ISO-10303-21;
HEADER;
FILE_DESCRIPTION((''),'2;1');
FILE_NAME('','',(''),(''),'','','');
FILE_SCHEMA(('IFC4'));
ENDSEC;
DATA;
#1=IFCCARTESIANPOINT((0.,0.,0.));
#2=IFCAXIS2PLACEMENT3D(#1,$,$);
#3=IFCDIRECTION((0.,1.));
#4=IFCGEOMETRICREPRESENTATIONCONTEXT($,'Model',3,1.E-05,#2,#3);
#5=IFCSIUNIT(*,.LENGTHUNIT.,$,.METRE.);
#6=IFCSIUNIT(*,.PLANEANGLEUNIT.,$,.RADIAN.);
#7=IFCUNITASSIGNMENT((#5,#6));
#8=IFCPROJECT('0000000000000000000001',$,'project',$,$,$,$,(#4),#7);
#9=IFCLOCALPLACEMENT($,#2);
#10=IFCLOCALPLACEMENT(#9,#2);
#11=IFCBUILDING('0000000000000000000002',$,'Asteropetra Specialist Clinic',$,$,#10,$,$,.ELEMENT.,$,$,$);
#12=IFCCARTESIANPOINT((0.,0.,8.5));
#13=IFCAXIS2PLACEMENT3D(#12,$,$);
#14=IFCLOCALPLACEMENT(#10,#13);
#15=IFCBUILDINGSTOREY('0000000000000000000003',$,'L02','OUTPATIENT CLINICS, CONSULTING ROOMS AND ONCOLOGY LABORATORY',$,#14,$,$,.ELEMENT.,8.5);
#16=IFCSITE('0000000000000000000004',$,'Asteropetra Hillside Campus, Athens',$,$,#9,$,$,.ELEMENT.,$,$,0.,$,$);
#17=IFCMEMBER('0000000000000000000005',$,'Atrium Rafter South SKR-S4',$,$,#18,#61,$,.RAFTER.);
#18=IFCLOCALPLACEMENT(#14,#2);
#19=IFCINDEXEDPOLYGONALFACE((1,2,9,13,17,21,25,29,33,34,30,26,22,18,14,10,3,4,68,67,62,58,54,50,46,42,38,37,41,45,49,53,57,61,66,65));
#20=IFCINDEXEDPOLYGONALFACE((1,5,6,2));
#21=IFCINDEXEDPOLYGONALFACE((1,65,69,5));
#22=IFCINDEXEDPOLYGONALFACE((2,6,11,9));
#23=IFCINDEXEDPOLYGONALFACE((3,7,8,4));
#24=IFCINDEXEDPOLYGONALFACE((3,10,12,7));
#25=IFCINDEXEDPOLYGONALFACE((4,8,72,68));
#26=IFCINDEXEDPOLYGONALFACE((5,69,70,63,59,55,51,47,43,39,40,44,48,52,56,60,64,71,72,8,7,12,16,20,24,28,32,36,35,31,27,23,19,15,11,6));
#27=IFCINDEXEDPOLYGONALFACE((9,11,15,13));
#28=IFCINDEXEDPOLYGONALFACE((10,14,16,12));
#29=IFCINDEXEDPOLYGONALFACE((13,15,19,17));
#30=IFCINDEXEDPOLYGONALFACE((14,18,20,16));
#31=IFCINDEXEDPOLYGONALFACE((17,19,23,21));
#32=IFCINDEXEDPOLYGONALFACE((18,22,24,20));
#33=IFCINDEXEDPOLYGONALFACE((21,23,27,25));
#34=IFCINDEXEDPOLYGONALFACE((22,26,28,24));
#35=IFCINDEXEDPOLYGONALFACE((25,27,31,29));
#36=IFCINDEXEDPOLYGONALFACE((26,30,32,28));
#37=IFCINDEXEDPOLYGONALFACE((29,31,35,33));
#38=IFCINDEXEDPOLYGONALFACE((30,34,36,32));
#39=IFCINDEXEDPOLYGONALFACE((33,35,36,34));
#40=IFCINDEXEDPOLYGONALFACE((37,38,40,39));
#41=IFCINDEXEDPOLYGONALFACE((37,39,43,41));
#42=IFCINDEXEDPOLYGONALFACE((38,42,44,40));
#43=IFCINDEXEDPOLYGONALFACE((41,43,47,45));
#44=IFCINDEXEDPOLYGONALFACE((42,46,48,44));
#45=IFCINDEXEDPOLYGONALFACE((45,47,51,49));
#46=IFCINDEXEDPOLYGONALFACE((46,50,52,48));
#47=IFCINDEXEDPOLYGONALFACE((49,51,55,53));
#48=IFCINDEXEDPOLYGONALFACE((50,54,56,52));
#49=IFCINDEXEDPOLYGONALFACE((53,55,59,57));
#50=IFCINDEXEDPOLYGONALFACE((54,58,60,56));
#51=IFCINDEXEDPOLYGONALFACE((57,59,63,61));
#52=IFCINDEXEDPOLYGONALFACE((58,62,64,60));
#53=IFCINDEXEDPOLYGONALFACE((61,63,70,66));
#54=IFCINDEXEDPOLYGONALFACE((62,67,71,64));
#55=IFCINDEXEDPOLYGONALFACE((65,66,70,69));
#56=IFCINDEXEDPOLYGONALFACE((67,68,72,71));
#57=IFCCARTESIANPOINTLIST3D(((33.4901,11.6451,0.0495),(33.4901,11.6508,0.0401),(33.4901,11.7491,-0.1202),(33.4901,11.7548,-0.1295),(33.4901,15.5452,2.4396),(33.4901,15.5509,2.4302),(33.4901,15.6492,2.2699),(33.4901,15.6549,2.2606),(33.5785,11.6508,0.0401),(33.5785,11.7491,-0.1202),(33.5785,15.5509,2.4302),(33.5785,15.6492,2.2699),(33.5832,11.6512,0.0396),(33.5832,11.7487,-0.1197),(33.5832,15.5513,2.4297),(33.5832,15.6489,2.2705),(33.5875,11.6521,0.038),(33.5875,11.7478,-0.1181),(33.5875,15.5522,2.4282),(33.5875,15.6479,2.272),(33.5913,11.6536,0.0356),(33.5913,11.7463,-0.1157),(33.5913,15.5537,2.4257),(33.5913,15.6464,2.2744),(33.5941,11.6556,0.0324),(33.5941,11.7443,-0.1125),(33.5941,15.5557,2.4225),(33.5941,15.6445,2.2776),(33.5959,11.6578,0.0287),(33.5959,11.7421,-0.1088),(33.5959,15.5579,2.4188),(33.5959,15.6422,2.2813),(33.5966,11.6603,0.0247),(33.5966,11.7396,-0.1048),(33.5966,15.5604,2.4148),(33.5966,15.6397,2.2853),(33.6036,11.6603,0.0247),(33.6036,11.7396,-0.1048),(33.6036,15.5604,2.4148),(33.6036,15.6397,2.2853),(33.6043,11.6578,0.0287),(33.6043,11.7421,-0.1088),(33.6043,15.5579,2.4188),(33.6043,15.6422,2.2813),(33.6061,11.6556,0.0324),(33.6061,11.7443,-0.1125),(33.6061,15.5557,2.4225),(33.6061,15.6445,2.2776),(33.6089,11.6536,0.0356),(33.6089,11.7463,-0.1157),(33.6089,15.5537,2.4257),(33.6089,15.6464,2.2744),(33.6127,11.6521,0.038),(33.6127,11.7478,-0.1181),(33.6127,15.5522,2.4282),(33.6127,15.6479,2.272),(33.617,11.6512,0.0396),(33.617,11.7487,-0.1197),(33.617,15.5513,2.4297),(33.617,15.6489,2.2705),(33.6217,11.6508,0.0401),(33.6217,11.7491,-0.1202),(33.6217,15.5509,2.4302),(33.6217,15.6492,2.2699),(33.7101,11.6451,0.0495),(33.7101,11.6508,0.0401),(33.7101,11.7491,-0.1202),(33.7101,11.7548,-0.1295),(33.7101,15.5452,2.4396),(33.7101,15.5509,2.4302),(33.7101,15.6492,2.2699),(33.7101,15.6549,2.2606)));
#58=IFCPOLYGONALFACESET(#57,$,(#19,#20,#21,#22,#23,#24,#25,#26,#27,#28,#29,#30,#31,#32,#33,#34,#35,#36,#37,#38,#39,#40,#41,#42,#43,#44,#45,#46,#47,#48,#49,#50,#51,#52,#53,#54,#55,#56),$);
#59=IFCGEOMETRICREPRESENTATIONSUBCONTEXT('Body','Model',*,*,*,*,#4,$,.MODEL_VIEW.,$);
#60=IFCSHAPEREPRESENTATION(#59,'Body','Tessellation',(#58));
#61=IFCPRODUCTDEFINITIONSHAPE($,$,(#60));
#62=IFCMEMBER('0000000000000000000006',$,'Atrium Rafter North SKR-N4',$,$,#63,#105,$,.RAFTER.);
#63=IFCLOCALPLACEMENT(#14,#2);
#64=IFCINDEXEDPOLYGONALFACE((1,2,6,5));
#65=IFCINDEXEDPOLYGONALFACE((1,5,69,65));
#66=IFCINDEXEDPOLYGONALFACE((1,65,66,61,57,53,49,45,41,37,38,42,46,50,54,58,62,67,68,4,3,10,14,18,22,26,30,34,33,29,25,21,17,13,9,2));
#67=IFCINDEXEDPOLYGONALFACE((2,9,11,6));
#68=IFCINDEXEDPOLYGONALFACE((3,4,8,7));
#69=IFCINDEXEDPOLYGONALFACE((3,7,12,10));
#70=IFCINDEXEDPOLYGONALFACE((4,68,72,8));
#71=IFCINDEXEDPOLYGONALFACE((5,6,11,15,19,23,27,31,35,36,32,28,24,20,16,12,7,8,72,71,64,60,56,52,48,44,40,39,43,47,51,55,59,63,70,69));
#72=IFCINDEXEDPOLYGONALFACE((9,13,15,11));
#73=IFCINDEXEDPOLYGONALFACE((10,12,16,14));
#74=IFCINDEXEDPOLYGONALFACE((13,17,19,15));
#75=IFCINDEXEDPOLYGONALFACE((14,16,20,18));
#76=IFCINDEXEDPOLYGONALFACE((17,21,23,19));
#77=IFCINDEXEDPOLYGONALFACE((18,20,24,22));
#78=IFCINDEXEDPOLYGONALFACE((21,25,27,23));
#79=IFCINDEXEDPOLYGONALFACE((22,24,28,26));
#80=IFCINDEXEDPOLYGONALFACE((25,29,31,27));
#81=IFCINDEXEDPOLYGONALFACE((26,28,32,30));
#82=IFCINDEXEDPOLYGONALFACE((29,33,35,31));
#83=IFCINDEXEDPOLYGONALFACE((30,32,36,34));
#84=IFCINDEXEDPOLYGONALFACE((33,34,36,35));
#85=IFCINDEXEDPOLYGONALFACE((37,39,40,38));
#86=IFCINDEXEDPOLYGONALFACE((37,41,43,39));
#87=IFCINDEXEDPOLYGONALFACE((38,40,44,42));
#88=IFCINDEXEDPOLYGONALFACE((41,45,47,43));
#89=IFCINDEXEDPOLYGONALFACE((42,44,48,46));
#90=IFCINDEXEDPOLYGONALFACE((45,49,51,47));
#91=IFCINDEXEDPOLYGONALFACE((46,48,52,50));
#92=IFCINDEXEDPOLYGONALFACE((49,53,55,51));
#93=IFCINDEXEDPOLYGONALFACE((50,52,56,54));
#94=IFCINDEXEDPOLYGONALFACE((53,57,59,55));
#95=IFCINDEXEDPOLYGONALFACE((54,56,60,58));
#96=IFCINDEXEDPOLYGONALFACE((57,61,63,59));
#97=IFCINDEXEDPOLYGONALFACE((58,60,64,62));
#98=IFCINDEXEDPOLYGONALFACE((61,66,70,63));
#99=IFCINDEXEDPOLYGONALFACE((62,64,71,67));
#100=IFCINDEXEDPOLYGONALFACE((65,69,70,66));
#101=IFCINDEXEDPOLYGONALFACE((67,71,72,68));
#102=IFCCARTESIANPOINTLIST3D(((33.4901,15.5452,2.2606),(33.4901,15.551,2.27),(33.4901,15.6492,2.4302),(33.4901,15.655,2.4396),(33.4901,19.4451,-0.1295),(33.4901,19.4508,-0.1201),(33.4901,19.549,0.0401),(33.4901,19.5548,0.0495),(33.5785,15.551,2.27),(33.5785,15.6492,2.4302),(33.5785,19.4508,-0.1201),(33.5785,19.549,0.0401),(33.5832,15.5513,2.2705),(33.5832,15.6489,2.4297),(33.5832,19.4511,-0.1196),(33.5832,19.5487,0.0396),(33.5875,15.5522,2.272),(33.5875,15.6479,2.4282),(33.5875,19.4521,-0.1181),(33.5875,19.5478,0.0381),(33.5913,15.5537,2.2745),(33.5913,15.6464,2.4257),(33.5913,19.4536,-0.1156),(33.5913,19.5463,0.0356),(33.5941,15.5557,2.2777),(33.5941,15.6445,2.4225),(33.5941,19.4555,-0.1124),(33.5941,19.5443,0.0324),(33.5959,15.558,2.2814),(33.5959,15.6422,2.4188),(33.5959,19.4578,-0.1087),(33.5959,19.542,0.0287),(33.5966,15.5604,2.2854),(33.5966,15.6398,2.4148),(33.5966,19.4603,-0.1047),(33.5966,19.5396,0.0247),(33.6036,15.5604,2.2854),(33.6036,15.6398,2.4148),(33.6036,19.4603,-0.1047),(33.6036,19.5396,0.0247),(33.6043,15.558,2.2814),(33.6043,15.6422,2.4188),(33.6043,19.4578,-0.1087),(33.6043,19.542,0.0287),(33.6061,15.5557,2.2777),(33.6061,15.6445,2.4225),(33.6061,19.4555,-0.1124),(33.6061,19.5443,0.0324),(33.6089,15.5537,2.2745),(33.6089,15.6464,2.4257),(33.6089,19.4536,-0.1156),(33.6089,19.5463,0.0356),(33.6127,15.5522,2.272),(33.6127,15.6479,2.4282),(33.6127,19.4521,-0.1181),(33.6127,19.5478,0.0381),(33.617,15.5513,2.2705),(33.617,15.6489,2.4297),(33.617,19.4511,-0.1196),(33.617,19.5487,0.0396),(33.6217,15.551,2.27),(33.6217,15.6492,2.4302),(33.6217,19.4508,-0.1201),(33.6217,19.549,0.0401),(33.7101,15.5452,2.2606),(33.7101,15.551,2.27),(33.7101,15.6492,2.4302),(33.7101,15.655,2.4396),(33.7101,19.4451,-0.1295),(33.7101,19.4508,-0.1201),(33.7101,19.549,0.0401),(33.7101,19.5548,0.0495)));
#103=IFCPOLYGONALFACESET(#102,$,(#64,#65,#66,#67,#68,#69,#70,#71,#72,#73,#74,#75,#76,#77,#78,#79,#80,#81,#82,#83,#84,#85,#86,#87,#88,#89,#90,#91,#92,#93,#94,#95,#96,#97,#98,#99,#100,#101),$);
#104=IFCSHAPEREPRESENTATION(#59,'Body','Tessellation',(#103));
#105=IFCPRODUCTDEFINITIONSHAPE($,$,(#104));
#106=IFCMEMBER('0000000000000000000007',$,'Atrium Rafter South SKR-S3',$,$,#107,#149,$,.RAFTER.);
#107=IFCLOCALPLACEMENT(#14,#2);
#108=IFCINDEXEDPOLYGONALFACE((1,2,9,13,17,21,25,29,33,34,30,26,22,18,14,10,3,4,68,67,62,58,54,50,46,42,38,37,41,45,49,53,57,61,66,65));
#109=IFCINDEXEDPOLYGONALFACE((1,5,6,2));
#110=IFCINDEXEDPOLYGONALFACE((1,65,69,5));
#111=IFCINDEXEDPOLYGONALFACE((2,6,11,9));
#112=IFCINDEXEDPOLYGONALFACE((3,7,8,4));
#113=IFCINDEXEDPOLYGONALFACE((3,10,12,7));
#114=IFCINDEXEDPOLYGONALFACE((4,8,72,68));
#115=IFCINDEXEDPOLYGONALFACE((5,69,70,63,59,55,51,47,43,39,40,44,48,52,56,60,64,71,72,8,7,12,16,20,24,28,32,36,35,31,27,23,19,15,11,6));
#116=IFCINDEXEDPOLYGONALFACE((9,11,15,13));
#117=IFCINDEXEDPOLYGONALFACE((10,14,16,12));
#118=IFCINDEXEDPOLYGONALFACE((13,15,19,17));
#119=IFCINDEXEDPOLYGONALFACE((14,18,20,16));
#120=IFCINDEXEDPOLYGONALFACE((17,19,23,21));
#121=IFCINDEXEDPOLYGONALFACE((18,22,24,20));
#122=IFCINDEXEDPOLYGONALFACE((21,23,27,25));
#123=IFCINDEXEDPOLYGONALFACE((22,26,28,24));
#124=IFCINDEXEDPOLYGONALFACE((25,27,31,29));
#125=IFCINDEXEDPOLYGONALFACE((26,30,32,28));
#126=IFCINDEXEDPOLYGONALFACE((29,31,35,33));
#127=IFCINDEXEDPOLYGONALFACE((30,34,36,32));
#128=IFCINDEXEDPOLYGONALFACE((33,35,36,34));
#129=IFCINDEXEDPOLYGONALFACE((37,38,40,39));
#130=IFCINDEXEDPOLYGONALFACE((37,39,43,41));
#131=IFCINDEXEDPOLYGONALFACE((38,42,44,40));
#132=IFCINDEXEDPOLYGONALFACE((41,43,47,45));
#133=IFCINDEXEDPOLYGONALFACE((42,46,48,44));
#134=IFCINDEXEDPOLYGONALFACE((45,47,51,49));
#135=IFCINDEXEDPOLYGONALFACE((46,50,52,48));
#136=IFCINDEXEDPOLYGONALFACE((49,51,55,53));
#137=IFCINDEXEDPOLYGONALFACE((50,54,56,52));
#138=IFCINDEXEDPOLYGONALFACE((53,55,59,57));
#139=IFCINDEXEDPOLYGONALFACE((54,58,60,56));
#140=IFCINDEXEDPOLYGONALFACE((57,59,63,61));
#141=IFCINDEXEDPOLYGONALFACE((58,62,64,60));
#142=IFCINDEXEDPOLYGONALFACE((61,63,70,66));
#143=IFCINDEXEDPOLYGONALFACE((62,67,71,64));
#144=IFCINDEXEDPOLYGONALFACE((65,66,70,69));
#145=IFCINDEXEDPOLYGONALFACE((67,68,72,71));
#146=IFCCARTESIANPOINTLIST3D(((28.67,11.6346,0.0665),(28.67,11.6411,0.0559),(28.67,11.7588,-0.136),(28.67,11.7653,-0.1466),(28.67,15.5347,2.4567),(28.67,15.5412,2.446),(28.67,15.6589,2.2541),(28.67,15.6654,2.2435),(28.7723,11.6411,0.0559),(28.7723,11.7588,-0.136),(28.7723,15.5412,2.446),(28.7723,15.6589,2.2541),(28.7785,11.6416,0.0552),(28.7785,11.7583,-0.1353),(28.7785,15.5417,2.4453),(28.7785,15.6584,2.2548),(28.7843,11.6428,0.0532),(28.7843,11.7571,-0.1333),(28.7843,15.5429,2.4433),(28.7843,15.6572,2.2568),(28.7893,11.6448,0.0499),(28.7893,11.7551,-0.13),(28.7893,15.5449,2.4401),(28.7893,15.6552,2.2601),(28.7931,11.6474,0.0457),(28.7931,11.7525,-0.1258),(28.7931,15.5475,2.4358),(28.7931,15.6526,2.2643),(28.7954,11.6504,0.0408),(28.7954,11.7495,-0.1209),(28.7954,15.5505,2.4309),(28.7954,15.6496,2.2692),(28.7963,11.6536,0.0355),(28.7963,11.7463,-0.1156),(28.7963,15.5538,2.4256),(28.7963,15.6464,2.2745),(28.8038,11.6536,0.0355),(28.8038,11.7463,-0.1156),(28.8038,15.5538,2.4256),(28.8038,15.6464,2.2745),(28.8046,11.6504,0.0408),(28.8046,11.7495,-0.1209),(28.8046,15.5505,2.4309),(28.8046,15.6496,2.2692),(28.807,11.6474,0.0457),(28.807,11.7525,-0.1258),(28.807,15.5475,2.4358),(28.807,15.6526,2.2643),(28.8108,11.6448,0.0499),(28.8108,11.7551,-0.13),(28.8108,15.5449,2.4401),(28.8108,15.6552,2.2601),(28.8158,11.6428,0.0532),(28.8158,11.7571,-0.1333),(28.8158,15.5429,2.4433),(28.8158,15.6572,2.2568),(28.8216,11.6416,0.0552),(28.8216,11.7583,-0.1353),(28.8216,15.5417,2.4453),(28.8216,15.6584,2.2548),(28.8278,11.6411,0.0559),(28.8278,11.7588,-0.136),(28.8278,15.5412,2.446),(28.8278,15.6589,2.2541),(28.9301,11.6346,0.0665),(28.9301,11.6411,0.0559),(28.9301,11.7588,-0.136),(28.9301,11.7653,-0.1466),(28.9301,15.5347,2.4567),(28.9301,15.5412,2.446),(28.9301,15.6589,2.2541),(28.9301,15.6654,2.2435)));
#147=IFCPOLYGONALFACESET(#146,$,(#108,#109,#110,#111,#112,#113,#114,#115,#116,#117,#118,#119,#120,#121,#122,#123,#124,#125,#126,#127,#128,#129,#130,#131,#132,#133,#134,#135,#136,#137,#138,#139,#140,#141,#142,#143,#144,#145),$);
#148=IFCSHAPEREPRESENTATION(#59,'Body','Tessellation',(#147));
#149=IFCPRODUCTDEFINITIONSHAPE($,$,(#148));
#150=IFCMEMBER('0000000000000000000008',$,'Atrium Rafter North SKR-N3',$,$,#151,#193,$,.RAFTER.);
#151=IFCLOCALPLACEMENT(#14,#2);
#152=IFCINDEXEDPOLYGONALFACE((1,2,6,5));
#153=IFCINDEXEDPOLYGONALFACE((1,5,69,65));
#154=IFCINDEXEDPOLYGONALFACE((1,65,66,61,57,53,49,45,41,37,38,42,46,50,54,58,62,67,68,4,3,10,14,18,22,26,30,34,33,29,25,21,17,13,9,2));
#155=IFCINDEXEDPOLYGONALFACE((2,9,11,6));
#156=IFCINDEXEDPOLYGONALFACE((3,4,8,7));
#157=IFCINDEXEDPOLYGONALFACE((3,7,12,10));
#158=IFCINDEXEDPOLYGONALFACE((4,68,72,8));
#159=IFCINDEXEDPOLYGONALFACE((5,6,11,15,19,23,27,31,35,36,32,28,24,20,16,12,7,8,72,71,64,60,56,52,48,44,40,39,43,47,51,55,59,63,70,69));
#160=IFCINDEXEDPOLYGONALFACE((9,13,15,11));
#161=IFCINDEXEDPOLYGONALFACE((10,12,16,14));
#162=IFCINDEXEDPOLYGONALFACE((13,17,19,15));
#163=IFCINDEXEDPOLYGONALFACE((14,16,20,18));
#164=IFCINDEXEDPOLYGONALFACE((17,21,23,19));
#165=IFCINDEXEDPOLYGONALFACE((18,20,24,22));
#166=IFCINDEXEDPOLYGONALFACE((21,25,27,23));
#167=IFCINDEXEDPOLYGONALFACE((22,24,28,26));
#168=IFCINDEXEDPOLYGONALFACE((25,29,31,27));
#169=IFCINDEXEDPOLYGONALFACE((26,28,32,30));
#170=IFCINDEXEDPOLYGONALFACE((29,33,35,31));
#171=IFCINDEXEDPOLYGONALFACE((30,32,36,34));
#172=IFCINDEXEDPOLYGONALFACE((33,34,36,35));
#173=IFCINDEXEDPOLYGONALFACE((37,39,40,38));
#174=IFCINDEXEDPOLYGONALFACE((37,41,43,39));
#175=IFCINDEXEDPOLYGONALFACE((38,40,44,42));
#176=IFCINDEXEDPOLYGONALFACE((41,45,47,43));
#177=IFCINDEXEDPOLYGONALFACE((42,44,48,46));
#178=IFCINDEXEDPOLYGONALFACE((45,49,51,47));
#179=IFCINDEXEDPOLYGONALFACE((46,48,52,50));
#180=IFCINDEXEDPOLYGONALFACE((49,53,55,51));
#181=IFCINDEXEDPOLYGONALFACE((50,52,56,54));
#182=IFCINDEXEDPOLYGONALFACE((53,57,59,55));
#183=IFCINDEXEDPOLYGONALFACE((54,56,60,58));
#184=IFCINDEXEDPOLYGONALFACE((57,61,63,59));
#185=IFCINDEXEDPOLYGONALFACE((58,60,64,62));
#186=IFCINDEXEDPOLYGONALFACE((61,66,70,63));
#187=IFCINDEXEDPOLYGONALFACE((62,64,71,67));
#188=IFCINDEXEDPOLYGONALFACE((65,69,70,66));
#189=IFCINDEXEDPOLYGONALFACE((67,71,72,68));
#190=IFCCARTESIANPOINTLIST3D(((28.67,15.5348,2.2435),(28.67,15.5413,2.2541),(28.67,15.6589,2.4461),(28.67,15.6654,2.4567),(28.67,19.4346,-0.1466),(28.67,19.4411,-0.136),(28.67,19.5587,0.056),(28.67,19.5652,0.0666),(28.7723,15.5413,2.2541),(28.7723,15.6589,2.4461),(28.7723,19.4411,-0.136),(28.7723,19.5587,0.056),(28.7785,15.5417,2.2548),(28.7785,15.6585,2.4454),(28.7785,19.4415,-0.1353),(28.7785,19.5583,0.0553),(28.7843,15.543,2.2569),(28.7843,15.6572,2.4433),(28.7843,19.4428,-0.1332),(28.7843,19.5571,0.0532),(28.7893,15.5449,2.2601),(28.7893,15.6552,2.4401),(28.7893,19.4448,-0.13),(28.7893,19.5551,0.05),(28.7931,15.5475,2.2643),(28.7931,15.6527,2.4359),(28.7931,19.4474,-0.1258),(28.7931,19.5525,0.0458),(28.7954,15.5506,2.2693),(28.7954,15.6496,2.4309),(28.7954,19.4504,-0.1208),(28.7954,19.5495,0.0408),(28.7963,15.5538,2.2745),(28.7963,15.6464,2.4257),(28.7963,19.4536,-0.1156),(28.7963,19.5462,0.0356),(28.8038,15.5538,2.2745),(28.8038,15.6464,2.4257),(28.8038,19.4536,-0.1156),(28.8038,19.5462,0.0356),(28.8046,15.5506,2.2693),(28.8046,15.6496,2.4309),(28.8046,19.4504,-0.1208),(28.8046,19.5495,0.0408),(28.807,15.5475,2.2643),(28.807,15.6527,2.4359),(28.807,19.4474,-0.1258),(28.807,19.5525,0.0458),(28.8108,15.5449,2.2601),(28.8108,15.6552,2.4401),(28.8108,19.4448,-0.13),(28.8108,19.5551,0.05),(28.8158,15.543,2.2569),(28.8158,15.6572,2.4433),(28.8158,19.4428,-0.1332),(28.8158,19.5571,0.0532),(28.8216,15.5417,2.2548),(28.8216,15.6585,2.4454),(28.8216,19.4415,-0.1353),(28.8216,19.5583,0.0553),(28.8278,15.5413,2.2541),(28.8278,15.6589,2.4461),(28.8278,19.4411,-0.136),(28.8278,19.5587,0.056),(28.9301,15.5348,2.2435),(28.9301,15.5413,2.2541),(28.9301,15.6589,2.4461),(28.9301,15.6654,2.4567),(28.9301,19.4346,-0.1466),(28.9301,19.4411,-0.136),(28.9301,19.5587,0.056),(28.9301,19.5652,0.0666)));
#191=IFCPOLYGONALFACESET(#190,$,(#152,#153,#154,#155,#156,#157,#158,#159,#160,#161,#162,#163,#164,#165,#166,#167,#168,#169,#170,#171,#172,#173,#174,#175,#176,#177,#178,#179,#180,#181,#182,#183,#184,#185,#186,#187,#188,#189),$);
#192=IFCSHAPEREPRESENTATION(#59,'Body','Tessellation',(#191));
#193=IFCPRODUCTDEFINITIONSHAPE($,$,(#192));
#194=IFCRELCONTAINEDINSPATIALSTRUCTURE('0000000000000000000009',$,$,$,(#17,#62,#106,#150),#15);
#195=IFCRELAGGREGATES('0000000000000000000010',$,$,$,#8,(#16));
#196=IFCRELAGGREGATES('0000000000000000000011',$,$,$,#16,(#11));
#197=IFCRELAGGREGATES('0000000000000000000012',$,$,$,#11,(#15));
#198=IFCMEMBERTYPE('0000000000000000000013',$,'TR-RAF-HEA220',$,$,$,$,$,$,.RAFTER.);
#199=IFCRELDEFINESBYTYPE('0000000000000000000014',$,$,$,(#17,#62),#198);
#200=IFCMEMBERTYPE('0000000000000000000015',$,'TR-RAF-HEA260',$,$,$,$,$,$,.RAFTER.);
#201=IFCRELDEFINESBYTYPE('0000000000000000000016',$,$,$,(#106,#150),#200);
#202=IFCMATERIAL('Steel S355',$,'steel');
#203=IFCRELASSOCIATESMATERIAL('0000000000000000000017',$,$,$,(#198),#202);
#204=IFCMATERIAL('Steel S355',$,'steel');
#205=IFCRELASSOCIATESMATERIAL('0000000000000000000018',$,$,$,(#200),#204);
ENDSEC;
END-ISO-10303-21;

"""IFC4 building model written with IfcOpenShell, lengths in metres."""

from ifc_helpers import new_model, si_unit, direction, frame, origin, origin_2d, place, context, subcontext, project, spatial, i_section, extrude, material, material_profile, profile_set, type_object, element, save


model = new_model("IFC4")

# Units and contexts
model_context = context("Model", 3, precision=1e-05, world=origin(), true_north=direction((0.0, 1.0)))
body_context = subcontext(model_context, "Body", "Model", "MODEL_VIEW")
ifc_project = project(units=[si_unit("LENGTHUNIT", "METRE"), si_unit("PLANEANGLEUNIT", "RADIAN")], contexts=[model_context])

# Site, building, storey
site_placement = place(None, origin())
site = spatial("IfcSite", under=ifc_project, at=site_placement, Name="Asteropetra Hillside Campus, Athens", CompositionType="ELEMENT", RefElevation=0.0)
building_placement = place(site_placement, origin())
building = spatial("IfcBuilding", under=site, at=building_placement, Name="Asteropetra Specialist Clinic", CompositionType="ELEMENT")
storey_placement = place(building_placement, frame((0.0, 0.0, 8.5)))
storey = spatial("IfcBuildingStorey", under=building, at=storey_placement, Name="L02", Description="OUTPATIENT CLINICS, CONSULTING ROOMS AND ONCOLOGY LABORATORY", CompositionType="ELEMENT", Elevation=8.5)

# Members
ifc_material_1 = material(Name="Steel S355", Category="steel")
ifc_material_profile_1 = material_profile(ifc_material_1, i_section(OverallWidth=0.22, OverallDepth=0.21, WebThickness=0.0071, FlangeThickness=0.011, FilletRadius=0.0181, at=origin_2d()), Name="HEA 220")
ifc_profile_set_1 = profile_set([ifc_material_profile_1], Name="Steel S355")
member_type_1 = type_object("IfcMemberType", Name="TR-RAF-HEA220", PredefinedType="RAFTER", material=ifc_profile_set_1)
member_1_placement = place(storey_placement, frame((33.6001, 11.7, -0.04), z_axis=(0.0, 0.852628, 0.522518), x_axis=(-1.0, 0.0, 0.0)))
element("IfcMember", 1, at=member_1_placement, inside=storey, type_object=member_type_1, Name="Atrium Rafter South SKR-S4", PredefinedType="RAFTER", context=body_context, shape_type="SweptSolid", body=[
    extrude(i_section(OverallWidth=0.22, OverallDepth=0.21, WebThickness=0.0071, FlangeThickness=0.011, FilletRadius=0.0181, at=origin_2d()), origin(), (0.0, 0.0, 1.0), 4.5742),
])
member_2_placement = place(storey_placement, frame((33.6001, 15.6001, 2.3501), z_axis=(0.0, 0.852614, -0.522542), x_axis=(-1.0, 0.0, 0.0)))
element("IfcMember", 2, at=member_2_placement, inside=storey, type_object=member_type_1, Name="Atrium Rafter North SKR-N4", PredefinedType="RAFTER", context=body_context, shape_type="SweptSolid", body=[
    extrude(i_section(OverallWidth=0.22, OverallDepth=0.21, WebThickness=0.0071, FlangeThickness=0.011, FilletRadius=0.0181, at=origin_2d()), origin(), (0.0, 0.0, 1.0), 4.574),
])
ifc_material_2 = material(Name="Steel S355", Category="steel")
ifc_material_profile_2 = material_profile(ifc_material_2, i_section(OverallWidth=0.26, OverallDepth=0.25, WebThickness=0.0076, FlangeThickness=0.0125, FilletRadius=0.0239, at=origin_2d()), Name="HEA 260")
ifc_profile_set_2 = profile_set([ifc_material_profile_2], Name="Steel S355")
member_type_2 = type_object("IfcMemberType", Name="TR-RAF-HEA260", PredefinedType="RAFTER", material=ifc_profile_set_2)
member_3_placement = place(storey_placement, frame((28.8, 11.7, -0.04), z_axis=(0.0, 0.852628, 0.522518), x_axis=(-1.0, 0.0, 0.0)))
element("IfcMember", 3, at=member_3_placement, inside=storey, type_object=member_type_2, Name="Atrium Rafter South SKR-S3", PredefinedType="RAFTER", context=body_context, shape_type="SweptSolid", body=[
    extrude(i_section(OverallWidth=0.26, OverallDepth=0.25, WebThickness=0.0076, FlangeThickness=0.0125, FilletRadius=0.0239, at=origin_2d()), origin(), (0.0, 0.0, 1.0), 4.5742),
])
member_4_placement = place(storey_placement, frame((28.8, 15.6001, 2.3501), z_axis=(0.0, 0.852614, -0.522542), x_axis=(-1.0, 0.0, 0.0)))
element("IfcMember", 4, at=member_4_placement, inside=storey, type_object=member_type_2, Name="Atrium Rafter North SKR-N3", PredefinedType="RAFTER", context=body_context, shape_type="SweptSolid", body=[
    extrude(i_section(OverallWidth=0.26, OverallDepth=0.25, WebThickness=0.0076, FlangeThickness=0.0125, FilletRadius=0.0239, at=origin_2d()), origin(), (0.0, 0.0, 1.0), 4.574),
])

save(model, "model.ifc")
